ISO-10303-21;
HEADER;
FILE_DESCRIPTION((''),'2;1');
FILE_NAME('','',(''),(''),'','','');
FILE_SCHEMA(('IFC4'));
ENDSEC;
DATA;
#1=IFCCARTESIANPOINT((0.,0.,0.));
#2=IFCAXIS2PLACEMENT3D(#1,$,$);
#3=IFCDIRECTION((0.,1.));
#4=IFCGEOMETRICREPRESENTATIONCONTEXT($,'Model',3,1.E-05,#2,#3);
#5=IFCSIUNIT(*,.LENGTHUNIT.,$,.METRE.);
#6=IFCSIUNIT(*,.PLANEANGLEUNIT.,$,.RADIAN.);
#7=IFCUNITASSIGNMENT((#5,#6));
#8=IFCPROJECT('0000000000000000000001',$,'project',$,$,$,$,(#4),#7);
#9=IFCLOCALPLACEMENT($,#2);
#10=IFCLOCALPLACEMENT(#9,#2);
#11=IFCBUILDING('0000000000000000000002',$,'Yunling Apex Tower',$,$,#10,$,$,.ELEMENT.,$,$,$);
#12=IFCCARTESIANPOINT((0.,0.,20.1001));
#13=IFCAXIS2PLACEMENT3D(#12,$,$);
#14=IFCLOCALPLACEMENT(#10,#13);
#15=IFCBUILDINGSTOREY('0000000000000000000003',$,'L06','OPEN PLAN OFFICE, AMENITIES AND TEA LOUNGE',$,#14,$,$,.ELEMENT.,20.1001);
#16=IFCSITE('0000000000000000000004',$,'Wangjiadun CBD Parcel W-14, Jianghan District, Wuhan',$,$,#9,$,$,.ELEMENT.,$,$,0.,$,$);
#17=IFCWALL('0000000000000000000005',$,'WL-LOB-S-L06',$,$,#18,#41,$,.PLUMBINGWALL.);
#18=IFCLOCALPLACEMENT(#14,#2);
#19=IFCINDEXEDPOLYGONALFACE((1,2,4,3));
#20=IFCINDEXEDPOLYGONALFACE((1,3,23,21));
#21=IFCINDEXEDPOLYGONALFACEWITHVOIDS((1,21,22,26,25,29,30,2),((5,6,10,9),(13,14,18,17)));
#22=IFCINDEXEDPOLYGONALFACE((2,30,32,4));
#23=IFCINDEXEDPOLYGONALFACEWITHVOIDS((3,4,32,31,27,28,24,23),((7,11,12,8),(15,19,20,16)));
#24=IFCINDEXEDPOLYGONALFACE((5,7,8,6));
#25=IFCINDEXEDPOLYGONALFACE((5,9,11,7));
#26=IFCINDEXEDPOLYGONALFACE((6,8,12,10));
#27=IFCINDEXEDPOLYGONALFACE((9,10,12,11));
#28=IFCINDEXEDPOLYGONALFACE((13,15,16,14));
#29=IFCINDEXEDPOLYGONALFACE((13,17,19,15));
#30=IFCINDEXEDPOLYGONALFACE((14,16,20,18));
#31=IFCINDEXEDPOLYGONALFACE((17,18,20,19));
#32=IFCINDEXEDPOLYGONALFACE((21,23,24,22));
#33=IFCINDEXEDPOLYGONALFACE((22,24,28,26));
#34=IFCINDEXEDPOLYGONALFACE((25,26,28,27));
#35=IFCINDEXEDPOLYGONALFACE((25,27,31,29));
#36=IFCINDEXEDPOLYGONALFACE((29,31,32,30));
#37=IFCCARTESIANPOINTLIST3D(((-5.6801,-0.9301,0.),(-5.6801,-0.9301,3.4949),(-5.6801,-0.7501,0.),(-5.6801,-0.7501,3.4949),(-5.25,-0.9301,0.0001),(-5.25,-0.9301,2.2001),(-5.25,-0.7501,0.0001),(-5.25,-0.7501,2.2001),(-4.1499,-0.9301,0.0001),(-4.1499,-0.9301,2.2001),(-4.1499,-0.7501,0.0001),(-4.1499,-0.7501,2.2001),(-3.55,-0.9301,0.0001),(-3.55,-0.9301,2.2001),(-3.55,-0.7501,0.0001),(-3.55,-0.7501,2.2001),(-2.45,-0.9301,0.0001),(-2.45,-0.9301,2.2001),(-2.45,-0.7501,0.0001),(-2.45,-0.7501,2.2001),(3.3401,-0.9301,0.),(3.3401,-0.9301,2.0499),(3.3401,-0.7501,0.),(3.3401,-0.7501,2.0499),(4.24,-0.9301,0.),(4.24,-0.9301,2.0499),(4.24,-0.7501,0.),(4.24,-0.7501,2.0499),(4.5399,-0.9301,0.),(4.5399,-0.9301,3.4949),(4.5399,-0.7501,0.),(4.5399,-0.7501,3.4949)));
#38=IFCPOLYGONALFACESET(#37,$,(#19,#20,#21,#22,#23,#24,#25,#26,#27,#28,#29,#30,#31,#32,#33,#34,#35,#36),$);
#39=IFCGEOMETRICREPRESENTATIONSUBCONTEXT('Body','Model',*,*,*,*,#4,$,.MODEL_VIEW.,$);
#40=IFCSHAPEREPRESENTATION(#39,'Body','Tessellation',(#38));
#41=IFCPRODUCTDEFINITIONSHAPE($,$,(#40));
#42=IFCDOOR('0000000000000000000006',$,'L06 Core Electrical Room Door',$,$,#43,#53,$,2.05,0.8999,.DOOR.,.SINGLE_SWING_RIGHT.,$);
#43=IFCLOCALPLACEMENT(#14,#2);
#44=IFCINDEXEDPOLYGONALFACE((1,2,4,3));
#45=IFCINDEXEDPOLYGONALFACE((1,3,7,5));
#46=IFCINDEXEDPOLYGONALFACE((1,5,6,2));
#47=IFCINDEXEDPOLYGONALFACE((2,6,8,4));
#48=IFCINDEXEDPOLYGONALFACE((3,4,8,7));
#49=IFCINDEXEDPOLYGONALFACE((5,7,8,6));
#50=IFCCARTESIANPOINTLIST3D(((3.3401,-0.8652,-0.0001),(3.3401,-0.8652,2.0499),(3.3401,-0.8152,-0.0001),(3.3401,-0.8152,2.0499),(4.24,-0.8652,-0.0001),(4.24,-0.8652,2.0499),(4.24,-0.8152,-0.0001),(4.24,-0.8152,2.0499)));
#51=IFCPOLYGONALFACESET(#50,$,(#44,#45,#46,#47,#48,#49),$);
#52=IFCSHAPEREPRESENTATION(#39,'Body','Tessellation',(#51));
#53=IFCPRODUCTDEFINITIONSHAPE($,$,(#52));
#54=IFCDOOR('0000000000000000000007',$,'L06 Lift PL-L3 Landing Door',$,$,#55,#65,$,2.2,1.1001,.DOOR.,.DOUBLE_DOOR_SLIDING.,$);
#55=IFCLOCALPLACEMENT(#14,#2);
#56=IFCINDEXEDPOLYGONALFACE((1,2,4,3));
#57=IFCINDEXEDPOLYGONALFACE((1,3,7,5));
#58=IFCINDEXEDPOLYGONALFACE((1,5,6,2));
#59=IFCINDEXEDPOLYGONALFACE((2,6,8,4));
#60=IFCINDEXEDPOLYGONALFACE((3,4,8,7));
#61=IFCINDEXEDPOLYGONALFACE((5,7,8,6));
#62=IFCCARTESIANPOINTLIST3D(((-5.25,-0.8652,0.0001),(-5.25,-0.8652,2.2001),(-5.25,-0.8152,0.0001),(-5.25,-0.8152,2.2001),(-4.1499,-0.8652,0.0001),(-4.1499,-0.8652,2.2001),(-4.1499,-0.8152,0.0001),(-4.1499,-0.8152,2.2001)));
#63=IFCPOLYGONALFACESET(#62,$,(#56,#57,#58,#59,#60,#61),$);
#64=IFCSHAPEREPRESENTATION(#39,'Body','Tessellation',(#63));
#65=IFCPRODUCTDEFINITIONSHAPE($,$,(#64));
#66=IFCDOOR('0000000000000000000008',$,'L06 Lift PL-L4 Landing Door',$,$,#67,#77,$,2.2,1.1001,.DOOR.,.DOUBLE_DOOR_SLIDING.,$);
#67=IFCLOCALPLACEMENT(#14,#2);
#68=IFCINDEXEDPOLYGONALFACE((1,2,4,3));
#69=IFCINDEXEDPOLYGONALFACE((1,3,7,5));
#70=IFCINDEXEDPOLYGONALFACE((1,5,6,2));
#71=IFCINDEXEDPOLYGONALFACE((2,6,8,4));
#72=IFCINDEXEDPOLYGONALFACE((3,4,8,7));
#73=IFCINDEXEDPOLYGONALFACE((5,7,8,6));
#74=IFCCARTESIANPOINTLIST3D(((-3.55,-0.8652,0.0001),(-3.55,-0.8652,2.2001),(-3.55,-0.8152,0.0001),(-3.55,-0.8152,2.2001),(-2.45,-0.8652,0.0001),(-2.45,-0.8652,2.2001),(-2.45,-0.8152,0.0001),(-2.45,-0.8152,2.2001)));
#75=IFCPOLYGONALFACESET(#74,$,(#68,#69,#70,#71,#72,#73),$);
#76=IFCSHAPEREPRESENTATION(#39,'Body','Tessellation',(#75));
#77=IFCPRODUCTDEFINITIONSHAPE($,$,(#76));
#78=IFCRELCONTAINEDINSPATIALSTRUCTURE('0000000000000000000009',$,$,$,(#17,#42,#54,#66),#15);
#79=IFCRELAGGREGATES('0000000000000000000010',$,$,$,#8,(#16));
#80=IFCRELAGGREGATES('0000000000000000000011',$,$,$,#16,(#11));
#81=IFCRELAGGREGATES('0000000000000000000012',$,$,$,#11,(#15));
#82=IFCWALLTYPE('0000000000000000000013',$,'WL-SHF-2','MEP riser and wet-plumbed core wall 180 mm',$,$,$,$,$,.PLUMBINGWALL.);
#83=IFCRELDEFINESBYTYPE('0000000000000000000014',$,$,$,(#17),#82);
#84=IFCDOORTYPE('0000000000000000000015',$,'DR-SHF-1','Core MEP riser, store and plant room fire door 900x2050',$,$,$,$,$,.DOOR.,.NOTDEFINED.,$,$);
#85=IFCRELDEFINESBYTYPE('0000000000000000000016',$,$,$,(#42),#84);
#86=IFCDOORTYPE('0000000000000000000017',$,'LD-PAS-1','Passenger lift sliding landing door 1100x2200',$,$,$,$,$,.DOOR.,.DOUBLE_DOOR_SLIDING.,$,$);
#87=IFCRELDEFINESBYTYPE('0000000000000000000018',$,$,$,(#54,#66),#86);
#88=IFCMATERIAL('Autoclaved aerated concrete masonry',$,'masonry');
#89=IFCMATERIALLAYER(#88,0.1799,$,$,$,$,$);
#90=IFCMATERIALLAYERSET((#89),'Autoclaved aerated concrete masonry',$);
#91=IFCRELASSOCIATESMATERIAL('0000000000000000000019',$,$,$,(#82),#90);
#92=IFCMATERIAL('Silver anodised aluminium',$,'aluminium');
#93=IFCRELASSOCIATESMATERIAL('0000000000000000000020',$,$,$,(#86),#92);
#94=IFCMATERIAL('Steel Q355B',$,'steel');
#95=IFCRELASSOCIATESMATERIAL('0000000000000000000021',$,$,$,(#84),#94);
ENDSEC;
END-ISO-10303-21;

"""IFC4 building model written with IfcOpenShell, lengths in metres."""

from ifc_helpers import new_model, si_unit, direction, frame, frame_2d, origin, place, context, subcontext, project, spatial, rectangle, extrude, material, layer, layer_set, type_object, element, fill, save


model = new_model("IFC4")

# Units and contexts
model_context = context("Model", 3, precision=1e-05, world=origin(), true_north=direction((0.0, 1.0)))
body_context = subcontext(model_context, "Body", "Model", "MODEL_VIEW")
ifc_project = project(units=[si_unit("LENGTHUNIT", "METRE"), si_unit("PLANEANGLEUNIT", "RADIAN")], contexts=[model_context])

# Site, building, storey
site_placement = place(None, origin())
site = spatial("IfcSite", under=ifc_project, at=site_placement, Name="Wangjiadun CBD Parcel W-14, Jianghan District, Wuhan", CompositionType="ELEMENT", RefElevation=0.0)
building_placement = place(site_placement, origin())
building = spatial("IfcBuilding", under=site, at=building_placement, Name="Yunling Apex Tower", CompositionType="ELEMENT")
storey_placement = place(building_placement, frame((0.0, 0.0, 20.1001)))
storey = spatial("IfcBuildingStorey", under=building, at=storey_placement, Name="L06", Description="OPEN PLAN OFFICE, AMENITIES AND TEA LOUNGE", CompositionType="ELEMENT", Elevation=20.1001)

# Shared definitions
ifc_material_1 = material(Name="Steel Q355B", Category="steel")

# Shared definitions
ifc_material_2 = material(Name="Autoclaved aerated concrete masonry", Category="masonry")

# Shared definitions
ifc_layer_1 = layer(ifc_material_2, 0.1799)
ifc_layer_set_1 = layer_set([ifc_layer_1], Name="Autoclaved aerated concrete masonry")
wall_type_1 = type_object("IfcWallType", Name="WL-SHF-2", Description="MEP riser and wet-plumbed core wall 180 mm", PredefinedType="PLUMBINGWALL", material=ifc_layer_set_1)

# Wall, openings, doors
ifc_material_3 = material(Name="Silver anodised aluminium", Category="aluminium")
door_type_1 = type_object("IfcDoorType", Name="LD-PAS-1", Description="Passenger lift sliding landing door 1100x2200", OperationType="DOUBLE_DOOR_SLIDING", PredefinedType="DOOR", material=ifc_material_3)
wall_1_placement = place(storey_placement, frame((-5.6799, -0.8401, 0.0), z_axis=(0.0, 0.0, 1.0), x_axis=(1.0, 0.0, 0.0)))
wall_1 = element("IfcWall", 1, at=wall_1_placement, inside=storey, type_object=wall_type_1, Name="WL-LOB-S-L06", PredefinedType="PLUMBINGWALL", context=body_context, shape_type="SweptSolid", body=[
    extrude(rectangle(XDim=10.22, YDim=0.1799, at=frame_2d((5.1099, 0.0))), origin(), (0.0, 0.0, 1.0), 3.4949),
])
opening_1_placement = place(wall_1_placement, frame((0.4299, 0.0, 0.0)))
opening_1 = element("IfcOpeningElement", 2, at=opening_1_placement, cuts=wall_1, PredefinedType="OPENING", context=body_context, shape_type="SweptSolid", body=[
    extrude(rectangle(XDim=1.1001, YDim=2.2, at=frame_2d((0.55, 1.1001))), frame((0.0, 0.1001, 0.0), z_axis=(0.0, -1.0, 0.0), x_axis=(1.0, 0.0, 0.0)), (0.0, 0.0, 1.0), 0.2),
])
opening_2_placement = place(wall_1_placement, frame((2.1299, 0.0, 0.0)))
opening_2 = element("IfcOpeningElement", 3, at=opening_2_placement, cuts=wall_1, PredefinedType="OPENING", context=body_context, shape_type="SweptSolid", body=[
    extrude(rectangle(XDim=1.1001, YDim=2.2, at=frame_2d((0.55, 1.1001))), frame((0.0, 0.1001, 0.0), z_axis=(0.0, -1.0, 0.0), x_axis=(1.0, 0.0, 0.0)), (0.0, 0.0, 1.0), 0.2),
])
opening_3_placement = place(wall_1_placement, frame((9.02, 0.0, 0.0)))
opening_3 = element("IfcOpeningElement", 4, at=opening_3_placement, cuts=wall_1, PredefinedType="OPENING", context=body_context, shape_type="SweptSolid", body=[
    extrude(rectangle(XDim=0.8999, YDim=2.05, at=frame_2d((0.45, 1.0249))), frame((0.0, 0.1001, 0.0), z_axis=(0.0, -1.0, 0.0), x_axis=(1.0, 0.0, 0.0)), (0.0, 0.0, 1.0), 0.2),
])
door_type_2 = type_object("IfcDoorType", Name="DR-SHF-1", Description="Core MEP riser, store and plant room fire door 900x2050", OperationType="NOTDEFINED", PredefinedType="DOOR", material=ifc_material_1)
door_1_placement = place(opening_3_placement, origin())
door_1 = element("IfcDoor", 5, at=door_1_placement, inside=storey, type_object=door_type_2, Name="L06 Core Electrical Room Door", OperationType="SINGLE_SWING_RIGHT", OverallHeight=2.05, OverallWidth=0.8999, PredefinedType="DOOR", context=body_context, shape_type="SweptSolid", body=[
    extrude(rectangle(XDim=0.8999, YDim=2.05, at=frame_2d((0.45, 1.0249))), frame((0.0, 0.0249, 0.0), z_axis=(0.0, -1.0, 0.0), x_axis=(1.0, 0.0, 0.0)), (0.0, 0.0, 1.0), 0.05),
])
fill(opening_3, door_1)
door_2_placement = place(opening_1_placement, origin())
door_2 = element("IfcDoor", 6, at=door_2_placement, inside=storey, type_object=door_type_1, Name="L06 Lift PL-L3 Landing Door", OperationType="DOUBLE_DOOR_SLIDING", OverallHeight=2.2, OverallWidth=1.1001, PredefinedType="DOOR", context=body_context, shape_type="SweptSolid", body=[
    extrude(rectangle(XDim=1.1001, YDim=2.2, at=frame_2d((0.55, 1.1001))), frame((0.0, 0.0249, 0.0), z_axis=(0.0, -1.0, 0.0), x_axis=(1.0, 0.0, 0.0)), (0.0, 0.0, 1.0), 0.05),
])
fill(opening_1, door_2)
door_3_placement = place(opening_2_placement, origin())
door_3 = element("IfcDoor", 7, at=door_3_placement, inside=storey, type_object=door_type_1, Name="L06 Lift PL-L4 Landing Door", OperationType="DOUBLE_DOOR_SLIDING", OverallHeight=2.2, OverallWidth=1.1001, PredefinedType="DOOR", context=body_context, shape_type="SweptSolid", body=[
    extrude(rectangle(XDim=1.1001, YDim=2.2, at=frame_2d((0.55, 1.1001))), frame((0.0, 0.0249, 0.0), z_axis=(0.0, -1.0, 0.0), x_axis=(1.0, 0.0, 0.0)), (0.0, 0.0, 1.0), 0.05),
])
fill(opening_2, door_3)

save(model, "model.ifc")
